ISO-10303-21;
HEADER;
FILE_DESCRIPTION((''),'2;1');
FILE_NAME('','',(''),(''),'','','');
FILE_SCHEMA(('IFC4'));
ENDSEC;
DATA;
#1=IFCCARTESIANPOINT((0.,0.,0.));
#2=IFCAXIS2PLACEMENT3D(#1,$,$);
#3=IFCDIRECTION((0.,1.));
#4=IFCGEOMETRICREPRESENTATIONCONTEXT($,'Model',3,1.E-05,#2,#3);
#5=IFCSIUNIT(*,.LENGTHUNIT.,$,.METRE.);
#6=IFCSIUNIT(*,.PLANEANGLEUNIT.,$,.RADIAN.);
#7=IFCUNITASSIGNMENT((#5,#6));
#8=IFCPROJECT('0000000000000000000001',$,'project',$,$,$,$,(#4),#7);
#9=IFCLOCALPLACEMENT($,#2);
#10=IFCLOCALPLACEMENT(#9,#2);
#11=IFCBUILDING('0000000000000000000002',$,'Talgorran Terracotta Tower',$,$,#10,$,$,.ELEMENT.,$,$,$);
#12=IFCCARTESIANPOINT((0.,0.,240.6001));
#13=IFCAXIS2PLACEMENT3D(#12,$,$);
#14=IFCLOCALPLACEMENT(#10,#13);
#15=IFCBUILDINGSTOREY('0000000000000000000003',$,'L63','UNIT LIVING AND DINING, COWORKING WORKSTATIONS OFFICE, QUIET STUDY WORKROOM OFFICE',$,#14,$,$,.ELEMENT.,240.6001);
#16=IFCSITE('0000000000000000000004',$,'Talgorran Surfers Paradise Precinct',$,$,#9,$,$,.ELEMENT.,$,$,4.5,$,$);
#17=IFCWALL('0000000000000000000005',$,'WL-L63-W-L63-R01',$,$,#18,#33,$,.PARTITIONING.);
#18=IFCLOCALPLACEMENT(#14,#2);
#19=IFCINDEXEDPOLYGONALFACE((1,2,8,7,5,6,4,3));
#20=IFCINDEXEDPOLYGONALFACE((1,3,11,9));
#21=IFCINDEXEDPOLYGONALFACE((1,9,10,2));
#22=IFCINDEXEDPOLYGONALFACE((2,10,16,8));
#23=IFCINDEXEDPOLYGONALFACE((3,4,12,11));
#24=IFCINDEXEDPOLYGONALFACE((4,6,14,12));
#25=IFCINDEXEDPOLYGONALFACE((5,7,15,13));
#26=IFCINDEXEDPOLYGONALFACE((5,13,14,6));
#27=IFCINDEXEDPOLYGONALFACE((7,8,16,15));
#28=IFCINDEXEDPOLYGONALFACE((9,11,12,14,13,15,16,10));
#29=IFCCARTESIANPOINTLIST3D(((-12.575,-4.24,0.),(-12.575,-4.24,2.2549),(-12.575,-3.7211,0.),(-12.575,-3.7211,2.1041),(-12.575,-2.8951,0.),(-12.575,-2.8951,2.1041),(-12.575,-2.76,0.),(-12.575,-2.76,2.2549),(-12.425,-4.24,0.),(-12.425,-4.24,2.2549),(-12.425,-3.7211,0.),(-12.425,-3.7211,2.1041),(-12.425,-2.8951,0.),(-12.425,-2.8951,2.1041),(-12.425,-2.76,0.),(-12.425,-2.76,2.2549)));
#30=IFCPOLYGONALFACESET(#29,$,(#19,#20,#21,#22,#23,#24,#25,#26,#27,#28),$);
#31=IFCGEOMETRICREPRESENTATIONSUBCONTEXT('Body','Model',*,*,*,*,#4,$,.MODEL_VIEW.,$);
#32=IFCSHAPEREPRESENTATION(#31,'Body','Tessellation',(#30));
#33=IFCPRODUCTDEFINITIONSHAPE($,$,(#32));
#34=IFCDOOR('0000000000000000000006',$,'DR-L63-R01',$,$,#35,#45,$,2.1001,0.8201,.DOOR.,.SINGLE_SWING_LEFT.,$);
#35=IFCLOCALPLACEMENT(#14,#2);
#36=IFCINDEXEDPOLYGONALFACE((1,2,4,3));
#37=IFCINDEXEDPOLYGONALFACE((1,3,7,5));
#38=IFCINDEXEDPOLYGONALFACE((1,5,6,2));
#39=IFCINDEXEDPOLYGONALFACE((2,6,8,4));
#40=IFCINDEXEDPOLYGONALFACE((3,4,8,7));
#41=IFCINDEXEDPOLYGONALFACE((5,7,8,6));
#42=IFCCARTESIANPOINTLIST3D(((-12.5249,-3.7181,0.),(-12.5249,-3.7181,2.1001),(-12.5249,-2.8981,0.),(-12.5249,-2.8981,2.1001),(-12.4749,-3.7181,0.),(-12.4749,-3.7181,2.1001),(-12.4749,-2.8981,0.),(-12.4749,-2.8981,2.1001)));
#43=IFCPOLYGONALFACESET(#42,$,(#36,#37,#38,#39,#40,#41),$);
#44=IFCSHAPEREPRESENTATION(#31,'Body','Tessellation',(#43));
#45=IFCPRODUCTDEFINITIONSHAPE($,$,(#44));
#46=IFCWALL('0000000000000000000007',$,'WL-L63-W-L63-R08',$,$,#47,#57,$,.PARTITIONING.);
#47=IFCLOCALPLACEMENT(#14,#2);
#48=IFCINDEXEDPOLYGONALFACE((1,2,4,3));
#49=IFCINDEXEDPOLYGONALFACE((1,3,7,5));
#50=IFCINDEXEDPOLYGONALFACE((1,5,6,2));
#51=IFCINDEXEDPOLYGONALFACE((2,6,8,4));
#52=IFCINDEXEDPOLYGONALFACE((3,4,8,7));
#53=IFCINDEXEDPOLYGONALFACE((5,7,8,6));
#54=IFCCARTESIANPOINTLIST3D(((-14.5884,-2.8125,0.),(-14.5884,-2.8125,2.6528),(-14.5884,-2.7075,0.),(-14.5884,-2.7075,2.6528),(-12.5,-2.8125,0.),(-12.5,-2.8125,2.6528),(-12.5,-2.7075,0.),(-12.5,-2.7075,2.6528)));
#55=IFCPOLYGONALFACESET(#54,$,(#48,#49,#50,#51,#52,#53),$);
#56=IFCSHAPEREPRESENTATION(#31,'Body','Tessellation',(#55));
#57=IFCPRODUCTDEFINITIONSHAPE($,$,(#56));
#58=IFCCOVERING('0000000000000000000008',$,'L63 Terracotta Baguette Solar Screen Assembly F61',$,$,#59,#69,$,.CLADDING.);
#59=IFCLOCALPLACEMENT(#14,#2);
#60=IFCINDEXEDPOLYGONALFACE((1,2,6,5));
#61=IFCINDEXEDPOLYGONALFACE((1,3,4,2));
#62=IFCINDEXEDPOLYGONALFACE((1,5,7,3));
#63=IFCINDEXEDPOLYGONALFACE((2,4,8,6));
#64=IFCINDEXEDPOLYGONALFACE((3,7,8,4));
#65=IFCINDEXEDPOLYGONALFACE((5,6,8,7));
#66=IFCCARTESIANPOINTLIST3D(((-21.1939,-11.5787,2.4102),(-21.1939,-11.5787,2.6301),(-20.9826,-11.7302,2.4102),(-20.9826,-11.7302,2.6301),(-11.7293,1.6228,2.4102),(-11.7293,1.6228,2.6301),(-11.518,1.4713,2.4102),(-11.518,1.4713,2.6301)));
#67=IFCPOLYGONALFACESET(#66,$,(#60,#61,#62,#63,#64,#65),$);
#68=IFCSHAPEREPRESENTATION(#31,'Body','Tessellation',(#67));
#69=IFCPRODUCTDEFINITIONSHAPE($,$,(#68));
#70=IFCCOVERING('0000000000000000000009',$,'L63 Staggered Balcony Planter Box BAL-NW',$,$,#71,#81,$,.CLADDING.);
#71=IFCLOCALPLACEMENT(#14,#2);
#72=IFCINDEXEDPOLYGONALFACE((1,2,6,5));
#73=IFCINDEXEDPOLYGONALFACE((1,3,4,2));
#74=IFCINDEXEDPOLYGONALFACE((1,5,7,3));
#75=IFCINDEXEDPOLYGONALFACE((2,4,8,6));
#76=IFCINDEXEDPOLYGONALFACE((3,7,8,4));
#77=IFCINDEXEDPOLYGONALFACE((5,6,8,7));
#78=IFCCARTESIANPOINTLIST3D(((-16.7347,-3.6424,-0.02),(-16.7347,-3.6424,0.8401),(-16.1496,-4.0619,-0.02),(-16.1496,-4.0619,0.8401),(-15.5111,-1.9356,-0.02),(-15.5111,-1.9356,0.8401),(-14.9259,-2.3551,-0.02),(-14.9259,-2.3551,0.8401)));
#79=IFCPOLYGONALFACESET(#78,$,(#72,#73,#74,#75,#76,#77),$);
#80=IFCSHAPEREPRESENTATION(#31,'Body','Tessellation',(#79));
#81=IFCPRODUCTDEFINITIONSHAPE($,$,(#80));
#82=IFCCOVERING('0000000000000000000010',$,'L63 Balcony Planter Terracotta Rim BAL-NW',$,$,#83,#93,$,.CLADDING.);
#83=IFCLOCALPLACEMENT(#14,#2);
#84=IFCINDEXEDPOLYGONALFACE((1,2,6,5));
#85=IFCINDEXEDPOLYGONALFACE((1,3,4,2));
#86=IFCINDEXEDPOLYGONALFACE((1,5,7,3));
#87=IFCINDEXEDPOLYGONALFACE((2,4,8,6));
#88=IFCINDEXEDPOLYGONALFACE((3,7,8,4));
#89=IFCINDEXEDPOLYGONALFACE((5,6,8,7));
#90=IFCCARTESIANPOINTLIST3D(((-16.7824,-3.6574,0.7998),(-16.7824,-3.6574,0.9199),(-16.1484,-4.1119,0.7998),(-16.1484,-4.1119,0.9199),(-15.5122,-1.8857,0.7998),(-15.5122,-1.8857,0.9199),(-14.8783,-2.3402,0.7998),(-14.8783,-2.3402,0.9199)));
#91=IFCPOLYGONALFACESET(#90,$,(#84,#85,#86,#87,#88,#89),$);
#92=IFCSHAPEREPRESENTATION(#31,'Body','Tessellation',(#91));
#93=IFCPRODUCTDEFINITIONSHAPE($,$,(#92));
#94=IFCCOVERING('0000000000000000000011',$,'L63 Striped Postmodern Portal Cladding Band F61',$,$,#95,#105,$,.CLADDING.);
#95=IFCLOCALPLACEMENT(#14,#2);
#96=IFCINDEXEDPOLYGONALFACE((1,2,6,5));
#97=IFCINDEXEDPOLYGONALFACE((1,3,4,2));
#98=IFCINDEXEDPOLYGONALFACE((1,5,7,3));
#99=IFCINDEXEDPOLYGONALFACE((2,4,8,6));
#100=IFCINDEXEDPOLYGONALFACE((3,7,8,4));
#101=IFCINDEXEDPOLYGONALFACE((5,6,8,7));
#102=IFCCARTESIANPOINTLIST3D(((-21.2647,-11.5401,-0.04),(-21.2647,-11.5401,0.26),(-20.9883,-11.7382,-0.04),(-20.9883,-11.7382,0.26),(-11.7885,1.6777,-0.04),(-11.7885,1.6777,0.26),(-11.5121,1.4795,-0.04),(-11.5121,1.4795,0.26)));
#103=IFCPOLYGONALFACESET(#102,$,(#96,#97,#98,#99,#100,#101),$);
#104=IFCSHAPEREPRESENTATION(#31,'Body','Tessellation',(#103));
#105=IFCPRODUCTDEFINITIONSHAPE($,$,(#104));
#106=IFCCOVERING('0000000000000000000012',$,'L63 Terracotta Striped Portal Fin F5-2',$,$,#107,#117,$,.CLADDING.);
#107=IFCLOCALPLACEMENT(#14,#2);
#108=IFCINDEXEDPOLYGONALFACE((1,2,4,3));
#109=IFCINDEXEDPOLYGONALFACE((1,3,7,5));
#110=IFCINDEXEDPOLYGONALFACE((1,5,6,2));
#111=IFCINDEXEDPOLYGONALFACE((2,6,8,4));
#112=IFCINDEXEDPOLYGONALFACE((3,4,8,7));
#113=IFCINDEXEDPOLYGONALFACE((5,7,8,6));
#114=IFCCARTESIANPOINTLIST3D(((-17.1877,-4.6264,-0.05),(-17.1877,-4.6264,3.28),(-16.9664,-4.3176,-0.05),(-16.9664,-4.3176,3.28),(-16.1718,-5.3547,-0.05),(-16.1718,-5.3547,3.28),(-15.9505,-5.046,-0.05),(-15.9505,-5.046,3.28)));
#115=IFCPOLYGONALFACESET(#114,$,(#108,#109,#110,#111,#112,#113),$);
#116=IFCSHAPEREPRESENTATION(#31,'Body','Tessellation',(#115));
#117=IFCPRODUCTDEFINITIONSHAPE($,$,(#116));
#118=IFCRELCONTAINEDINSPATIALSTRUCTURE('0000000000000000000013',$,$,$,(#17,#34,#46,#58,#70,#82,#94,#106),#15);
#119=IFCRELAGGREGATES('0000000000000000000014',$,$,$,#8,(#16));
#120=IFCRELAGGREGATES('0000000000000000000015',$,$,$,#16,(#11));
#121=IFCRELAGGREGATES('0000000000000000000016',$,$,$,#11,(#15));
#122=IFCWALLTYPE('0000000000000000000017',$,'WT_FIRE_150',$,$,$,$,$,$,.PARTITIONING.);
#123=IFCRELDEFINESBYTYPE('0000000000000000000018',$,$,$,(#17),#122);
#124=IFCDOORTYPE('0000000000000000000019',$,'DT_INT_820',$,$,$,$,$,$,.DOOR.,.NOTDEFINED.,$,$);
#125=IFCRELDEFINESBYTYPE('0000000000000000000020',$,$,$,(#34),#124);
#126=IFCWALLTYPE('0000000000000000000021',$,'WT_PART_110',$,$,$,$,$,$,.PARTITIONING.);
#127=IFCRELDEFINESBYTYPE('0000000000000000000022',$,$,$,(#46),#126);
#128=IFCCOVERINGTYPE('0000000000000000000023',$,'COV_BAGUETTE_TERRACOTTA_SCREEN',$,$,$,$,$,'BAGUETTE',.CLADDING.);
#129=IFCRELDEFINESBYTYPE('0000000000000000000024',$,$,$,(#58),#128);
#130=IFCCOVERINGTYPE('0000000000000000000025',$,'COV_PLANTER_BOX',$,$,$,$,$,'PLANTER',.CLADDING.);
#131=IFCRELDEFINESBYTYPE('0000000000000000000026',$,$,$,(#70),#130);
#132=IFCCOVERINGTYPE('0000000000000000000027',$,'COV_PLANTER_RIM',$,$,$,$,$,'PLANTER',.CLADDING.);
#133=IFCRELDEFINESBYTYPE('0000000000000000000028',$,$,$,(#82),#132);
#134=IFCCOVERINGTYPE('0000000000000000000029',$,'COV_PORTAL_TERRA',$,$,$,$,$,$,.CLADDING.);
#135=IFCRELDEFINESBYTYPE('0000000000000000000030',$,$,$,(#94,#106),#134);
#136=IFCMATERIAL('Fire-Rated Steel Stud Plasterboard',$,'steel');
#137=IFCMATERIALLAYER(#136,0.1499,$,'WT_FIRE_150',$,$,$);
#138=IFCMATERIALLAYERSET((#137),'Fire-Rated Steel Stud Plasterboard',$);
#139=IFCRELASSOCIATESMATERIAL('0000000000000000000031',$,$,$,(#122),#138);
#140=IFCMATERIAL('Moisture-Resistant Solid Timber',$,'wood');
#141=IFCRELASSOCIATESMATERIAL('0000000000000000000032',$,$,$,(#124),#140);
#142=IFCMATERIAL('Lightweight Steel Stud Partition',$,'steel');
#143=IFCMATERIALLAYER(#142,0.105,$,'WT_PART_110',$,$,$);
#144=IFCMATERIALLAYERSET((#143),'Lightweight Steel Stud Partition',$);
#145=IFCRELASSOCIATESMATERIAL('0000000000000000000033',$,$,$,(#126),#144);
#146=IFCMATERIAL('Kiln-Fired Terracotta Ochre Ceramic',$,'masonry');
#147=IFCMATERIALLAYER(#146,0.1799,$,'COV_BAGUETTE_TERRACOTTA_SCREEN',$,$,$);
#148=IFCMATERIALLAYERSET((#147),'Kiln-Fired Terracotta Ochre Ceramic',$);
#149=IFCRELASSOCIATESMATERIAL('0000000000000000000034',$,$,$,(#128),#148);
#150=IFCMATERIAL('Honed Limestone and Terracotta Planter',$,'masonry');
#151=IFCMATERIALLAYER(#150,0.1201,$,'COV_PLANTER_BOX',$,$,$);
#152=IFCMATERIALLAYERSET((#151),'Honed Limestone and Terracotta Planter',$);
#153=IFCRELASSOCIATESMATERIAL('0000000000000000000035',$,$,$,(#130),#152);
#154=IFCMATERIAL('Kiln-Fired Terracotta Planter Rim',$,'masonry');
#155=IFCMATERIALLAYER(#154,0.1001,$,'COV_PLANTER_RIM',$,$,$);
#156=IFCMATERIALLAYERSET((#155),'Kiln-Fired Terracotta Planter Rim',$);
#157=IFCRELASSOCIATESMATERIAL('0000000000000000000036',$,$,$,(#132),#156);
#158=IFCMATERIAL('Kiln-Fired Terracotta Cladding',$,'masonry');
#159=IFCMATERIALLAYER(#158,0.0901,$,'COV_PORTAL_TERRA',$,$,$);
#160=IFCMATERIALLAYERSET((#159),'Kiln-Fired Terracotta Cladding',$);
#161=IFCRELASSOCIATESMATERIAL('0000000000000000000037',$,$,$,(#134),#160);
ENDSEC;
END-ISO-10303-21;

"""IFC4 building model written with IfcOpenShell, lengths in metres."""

from ifc_helpers import new_model, si_unit, direction, frame, frame_2d, origin, origin_2d, place, context, subcontext, project, spatial, rectangle, extrude, material, layer, layer_set, type_object, element, fill, save


model = new_model("IFC4")

# Units and contexts
model_context = context("Model", 3, precision=1e-05, world=origin(), true_north=direction((0.0, 1.0)))
body_context = subcontext(model_context, "Body", "Model", "MODEL_VIEW")
ifc_project = project(units=[si_unit("LENGTHUNIT", "METRE"), si_unit("PLANEANGLEUNIT", "RADIAN")], contexts=[model_context])

# Site, building, storey
site_placement = place(None, origin())
site = spatial("IfcSite", under=ifc_project, at=site_placement, Name="Talgorran Surfers Paradise Precinct", CompositionType="ELEMENT", RefElevation=4.5)
building_placement = place(site_placement, origin())
building = spatial("IfcBuilding", under=site, at=building_placement, Name="Talgorran Terracotta Tower", CompositionType="ELEMENT")
storey_placement = place(building_placement, frame((0.0, 0.0, 240.6001)))
storey = spatial("IfcBuildingStorey", under=building, at=storey_placement, Name="L63", Description="UNIT LIVING AND DINING, COWORKING WORKSTATIONS OFFICE, QUIET STUDY WORKROOM OFFICE", CompositionType="ELEMENT", Elevation=240.6001)

# Wall, opening, door
ifc_material_1 = material(Name="Fire-Rated Steel Stud Plasterboard", Category="steel")
ifc_layer_1 = layer(ifc_material_1, 0.1499, Name="WT_FIRE_150")
ifc_layer_set_1 = layer_set([ifc_layer_1], Name="Fire-Rated Steel Stud Plasterboard")
wall_type_1 = type_object("IfcWallType", Name="WT_FIRE_150", PredefinedType="PARTITIONING", material=ifc_layer_set_1)
wall_1_placement = place(storey_placement, frame((-12.5, -4.24, 0.0), z_axis=(0.0, 0.0, 1.0), x_axis=(0.0, 1.0, 0.0)))
wall_1 = element("IfcWall", 1, at=wall_1_placement, inside=storey, type_object=wall_type_1, Name="WL-L63-W-L63-R01", PredefinedType="PARTITIONING", context=body_context, shape_type="SweptSolid", body=[
    extrude(rectangle(XDim=1.48, YDim=0.1499, at=frame_2d((0.74, 0.0))), origin(), (0.0, 0.0, 1.0), 2.2549),
])
opening_1_placement = place(wall_1_placement, frame((0.5217, 0.0, 0.0)))
opening_1 = element("IfcOpeningElement", 2, at=opening_1_placement, cuts=wall_1, PredefinedType="OPENING", context=body_context, shape_type="SweptSolid", body=[
    extrude(rectangle(XDim=0.8261, YDim=2.1041, at=frame_2d((0.4102, 1.052))), frame((0.0, 0.085, 0.0), z_axis=(0.0, -1.0, 0.0), x_axis=(1.0, 0.0, 0.0)), (0.0, 0.0, 1.0), 0.1699),
])
ifc_material_2 = material(Name="Moisture-Resistant Solid Timber", Category="wood")
door_type_1 = type_object("IfcDoorType", Name="DT_INT_820", OperationType="NOTDEFINED", PredefinedType="DOOR", material=ifc_material_2)
door_1_placement = place(opening_1_placement, origin())
door_1 = element("IfcDoor", 3, at=door_1_placement, inside=storey, type_object=door_type_1, Name="DR-L63-R01", OperationType="SINGLE_SWING_LEFT", OverallHeight=2.1001, OverallWidth=0.8201, PredefinedType="DOOR", context=body_context, shape_type="SweptSolid", body=[
    extrude(rectangle(XDim=0.8201, YDim=2.1001, at=frame_2d((0.4102, 1.05))), frame((0.0, 0.0249, 0.0), z_axis=(0.0, -1.0, 0.0), x_axis=(1.0, 0.0, 0.0)), (0.0, 0.0, 1.0), 0.05),
])
fill(opening_1, door_1)

# Wall
ifc_material_3 = material(Name="Lightweight Steel Stud Partition", Category="steel")
ifc_layer_2 = layer(ifc_material_3, 0.105, Name="WT_PART_110")
ifc_layer_set_2 = layer_set([ifc_layer_2], Name="Lightweight Steel Stud Partition")
wall_type_2 = type_object("IfcWallType", Name="WT_PART_110", PredefinedType="PARTITIONING", material=ifc_layer_set_2)
wall_2_placement = place(storey_placement, frame((-14.5884, -2.76, 0.0), z_axis=(0.0, 0.0, 1.0), x_axis=(1.0, 0.0, 0.0)))
element("IfcWall", 4, at=wall_2_placement, inside=storey, type_object=wall_type_2, Name="WL-L63-W-L63-R08", PredefinedType="PARTITIONING", context=body_context, shape_type="SweptSolid", body=[
    extrude(rectangle(XDim=2.0884, YDim=0.105, at=frame_2d((1.0442, 0.0))), origin(), (0.0, 0.0, 1.0), 2.6528),
])

# Coverings
ifc_material_4 = material(Name="Kiln-Fired Terracotta Ochre Ceramic", Category="masonry")
ifc_layer_3 = layer(ifc_material_4, 0.1799, Name="COV_BAGUETTE_TERRACOTTA_SCREEN")
ifc_layer_set_3 = layer_set([ifc_layer_3], Name="Kiln-Fired Terracotta Ochre Ceramic")
covering_type_1 = type_object("IfcCoveringType", Name="COV_BAGUETTE_TERRACOTTA_SCREEN", ElementType="BAGUETTE", PredefinedType="CLADDING", material=ifc_layer_set_3)
covering_1_placement = place(storey_placement, frame((-16.356, -5.0537, 2.4102), z_axis=(0.0, 0.0, 1.0), x_axis=(-0.582662, -0.812715, 0.0)))
element("IfcCovering", 5, at=covering_1_placement, inside=storey, type_object=covering_type_1, Name="L63 Terracotta Baguette Solar Screen Assembly F61", PredefinedType="CLADDING", context=body_context, shape_type="SweptSolid", body=[
    extrude(rectangle(XDim=16.2437, YDim=0.26, at=origin_2d()), origin(), (0.0, 0.0, 1.0), 0.22),
])
ifc_material_5 = material(Name="Honed Limestone and Terracotta Planter", Category="masonry")
ifc_layer_4 = layer(ifc_material_5, 0.1201, Name="COV_PLANTER_BOX")
ifc_layer_set_4 = layer_set([ifc_layer_4], Name="Honed Limestone and Terracotta Planter")
covering_type_2 = type_object("IfcCoveringType", Name="COV_PLANTER_BOX", ElementType="PLANTER", PredefinedType="CLADDING", material=ifc_layer_set_4)
covering_2_placement = place(storey_placement, frame((-15.8303, -2.9988, -0.02), z_axis=(0.0, 0.0, 1.0), x_axis=(-0.582662, -0.812715, 0.0)))
element("IfcCovering", 6, at=covering_2_placement, inside=storey, type_object=covering_type_2, Name="L63 Staggered Balcony Planter Box BAL-NW", PredefinedType="CLADDING", context=body_context, shape_type="SweptSolid", body=[
    extrude(rectangle(XDim=2.1001, YDim=0.72, at=origin_2d()), origin(), (0.0, 0.0, 1.0), 0.8601),
])
ifc_material_6 = material(Name="Kiln-Fired Terracotta Planter Rim", Category="masonry")
ifc_layer_5 = layer(ifc_material_6, 0.1001, Name="COV_PLANTER_RIM")
ifc_layer_set_5 = layer_set([ifc_layer_5], Name="Kiln-Fired Terracotta Planter Rim")
covering_type_3 = type_object("IfcCoveringType", Name="COV_PLANTER_RIM", ElementType="PLANTER", PredefinedType="CLADDING", material=ifc_layer_set_5)
covering_3_placement = place(storey_placement, frame((-15.8303, -2.9988, 0.7998), z_axis=(0.0, 0.0, 1.0), x_axis=(-0.582662, -0.812715, 0.0)))
element("IfcCovering", 7, at=covering_3_placement, inside=storey, type_object=covering_type_3, Name="L63 Balcony Planter Terracotta Rim BAL-NW", PredefinedType="CLADDING", context=body_context, shape_type="SweptSolid", body=[
    extrude(rectangle(XDim=2.1799, YDim=0.78, at=origin_2d()), origin(), (0.0, 0.0, 1.0), 0.1201),
])
ifc_material_7 = material(Name="Kiln-Fired Terracotta Cladding", Category="masonry")
ifc_layer_6 = layer(ifc_material_7, 0.0901, Name="COV_PORTAL_TERRA")
ifc_layer_set_6 = layer_set([ifc_layer_6], Name="Kiln-Fired Terracotta Cladding")
covering_type_4 = type_object("IfcCoveringType", Name="COV_PORTAL_TERRA", PredefinedType="CLADDING", material=ifc_layer_set_6)
covering_4_placement = place(storey_placement, frame((-16.3884, -5.0303, -0.04), z_axis=(0.0, 0.0, 1.0), x_axis=(-0.582662, -0.812715, 0.0)))
element("IfcCovering", 8, at=covering_4_placement, inside=storey, type_object=covering_type_4, Name="L63 Striped Postmodern Portal Cladding Band F61", PredefinedType="CLADDING", context=body_context, shape_type="SweptSolid", body=[
    extrude(rectangle(XDim=16.2637, YDim=0.3401, at=origin_2d()), origin(), (0.0, 0.0, 1.0), 0.3),
])
covering_5_placement = place(storey_placement, frame((-16.5691, -4.8362, -0.05), z_axis=(0.0, 0.0, 1.0), x_axis=(-0.582662, -0.812715, 0.0)))
element("IfcCovering", 9, at=covering_5_placement, inside=storey, type_object=covering_type_4, Name="L63 Terracotta Striped Portal Fin F5-2", PredefinedType="CLADDING", context=body_context, shape_type="SweptSolid", body=[
    extrude(rectangle(XDim=0.3799, YDim=1.25, at=origin_2d()), origin(), (0.0, 0.0, 1.0), 3.3301),
])

save(model, "model.ifc")
